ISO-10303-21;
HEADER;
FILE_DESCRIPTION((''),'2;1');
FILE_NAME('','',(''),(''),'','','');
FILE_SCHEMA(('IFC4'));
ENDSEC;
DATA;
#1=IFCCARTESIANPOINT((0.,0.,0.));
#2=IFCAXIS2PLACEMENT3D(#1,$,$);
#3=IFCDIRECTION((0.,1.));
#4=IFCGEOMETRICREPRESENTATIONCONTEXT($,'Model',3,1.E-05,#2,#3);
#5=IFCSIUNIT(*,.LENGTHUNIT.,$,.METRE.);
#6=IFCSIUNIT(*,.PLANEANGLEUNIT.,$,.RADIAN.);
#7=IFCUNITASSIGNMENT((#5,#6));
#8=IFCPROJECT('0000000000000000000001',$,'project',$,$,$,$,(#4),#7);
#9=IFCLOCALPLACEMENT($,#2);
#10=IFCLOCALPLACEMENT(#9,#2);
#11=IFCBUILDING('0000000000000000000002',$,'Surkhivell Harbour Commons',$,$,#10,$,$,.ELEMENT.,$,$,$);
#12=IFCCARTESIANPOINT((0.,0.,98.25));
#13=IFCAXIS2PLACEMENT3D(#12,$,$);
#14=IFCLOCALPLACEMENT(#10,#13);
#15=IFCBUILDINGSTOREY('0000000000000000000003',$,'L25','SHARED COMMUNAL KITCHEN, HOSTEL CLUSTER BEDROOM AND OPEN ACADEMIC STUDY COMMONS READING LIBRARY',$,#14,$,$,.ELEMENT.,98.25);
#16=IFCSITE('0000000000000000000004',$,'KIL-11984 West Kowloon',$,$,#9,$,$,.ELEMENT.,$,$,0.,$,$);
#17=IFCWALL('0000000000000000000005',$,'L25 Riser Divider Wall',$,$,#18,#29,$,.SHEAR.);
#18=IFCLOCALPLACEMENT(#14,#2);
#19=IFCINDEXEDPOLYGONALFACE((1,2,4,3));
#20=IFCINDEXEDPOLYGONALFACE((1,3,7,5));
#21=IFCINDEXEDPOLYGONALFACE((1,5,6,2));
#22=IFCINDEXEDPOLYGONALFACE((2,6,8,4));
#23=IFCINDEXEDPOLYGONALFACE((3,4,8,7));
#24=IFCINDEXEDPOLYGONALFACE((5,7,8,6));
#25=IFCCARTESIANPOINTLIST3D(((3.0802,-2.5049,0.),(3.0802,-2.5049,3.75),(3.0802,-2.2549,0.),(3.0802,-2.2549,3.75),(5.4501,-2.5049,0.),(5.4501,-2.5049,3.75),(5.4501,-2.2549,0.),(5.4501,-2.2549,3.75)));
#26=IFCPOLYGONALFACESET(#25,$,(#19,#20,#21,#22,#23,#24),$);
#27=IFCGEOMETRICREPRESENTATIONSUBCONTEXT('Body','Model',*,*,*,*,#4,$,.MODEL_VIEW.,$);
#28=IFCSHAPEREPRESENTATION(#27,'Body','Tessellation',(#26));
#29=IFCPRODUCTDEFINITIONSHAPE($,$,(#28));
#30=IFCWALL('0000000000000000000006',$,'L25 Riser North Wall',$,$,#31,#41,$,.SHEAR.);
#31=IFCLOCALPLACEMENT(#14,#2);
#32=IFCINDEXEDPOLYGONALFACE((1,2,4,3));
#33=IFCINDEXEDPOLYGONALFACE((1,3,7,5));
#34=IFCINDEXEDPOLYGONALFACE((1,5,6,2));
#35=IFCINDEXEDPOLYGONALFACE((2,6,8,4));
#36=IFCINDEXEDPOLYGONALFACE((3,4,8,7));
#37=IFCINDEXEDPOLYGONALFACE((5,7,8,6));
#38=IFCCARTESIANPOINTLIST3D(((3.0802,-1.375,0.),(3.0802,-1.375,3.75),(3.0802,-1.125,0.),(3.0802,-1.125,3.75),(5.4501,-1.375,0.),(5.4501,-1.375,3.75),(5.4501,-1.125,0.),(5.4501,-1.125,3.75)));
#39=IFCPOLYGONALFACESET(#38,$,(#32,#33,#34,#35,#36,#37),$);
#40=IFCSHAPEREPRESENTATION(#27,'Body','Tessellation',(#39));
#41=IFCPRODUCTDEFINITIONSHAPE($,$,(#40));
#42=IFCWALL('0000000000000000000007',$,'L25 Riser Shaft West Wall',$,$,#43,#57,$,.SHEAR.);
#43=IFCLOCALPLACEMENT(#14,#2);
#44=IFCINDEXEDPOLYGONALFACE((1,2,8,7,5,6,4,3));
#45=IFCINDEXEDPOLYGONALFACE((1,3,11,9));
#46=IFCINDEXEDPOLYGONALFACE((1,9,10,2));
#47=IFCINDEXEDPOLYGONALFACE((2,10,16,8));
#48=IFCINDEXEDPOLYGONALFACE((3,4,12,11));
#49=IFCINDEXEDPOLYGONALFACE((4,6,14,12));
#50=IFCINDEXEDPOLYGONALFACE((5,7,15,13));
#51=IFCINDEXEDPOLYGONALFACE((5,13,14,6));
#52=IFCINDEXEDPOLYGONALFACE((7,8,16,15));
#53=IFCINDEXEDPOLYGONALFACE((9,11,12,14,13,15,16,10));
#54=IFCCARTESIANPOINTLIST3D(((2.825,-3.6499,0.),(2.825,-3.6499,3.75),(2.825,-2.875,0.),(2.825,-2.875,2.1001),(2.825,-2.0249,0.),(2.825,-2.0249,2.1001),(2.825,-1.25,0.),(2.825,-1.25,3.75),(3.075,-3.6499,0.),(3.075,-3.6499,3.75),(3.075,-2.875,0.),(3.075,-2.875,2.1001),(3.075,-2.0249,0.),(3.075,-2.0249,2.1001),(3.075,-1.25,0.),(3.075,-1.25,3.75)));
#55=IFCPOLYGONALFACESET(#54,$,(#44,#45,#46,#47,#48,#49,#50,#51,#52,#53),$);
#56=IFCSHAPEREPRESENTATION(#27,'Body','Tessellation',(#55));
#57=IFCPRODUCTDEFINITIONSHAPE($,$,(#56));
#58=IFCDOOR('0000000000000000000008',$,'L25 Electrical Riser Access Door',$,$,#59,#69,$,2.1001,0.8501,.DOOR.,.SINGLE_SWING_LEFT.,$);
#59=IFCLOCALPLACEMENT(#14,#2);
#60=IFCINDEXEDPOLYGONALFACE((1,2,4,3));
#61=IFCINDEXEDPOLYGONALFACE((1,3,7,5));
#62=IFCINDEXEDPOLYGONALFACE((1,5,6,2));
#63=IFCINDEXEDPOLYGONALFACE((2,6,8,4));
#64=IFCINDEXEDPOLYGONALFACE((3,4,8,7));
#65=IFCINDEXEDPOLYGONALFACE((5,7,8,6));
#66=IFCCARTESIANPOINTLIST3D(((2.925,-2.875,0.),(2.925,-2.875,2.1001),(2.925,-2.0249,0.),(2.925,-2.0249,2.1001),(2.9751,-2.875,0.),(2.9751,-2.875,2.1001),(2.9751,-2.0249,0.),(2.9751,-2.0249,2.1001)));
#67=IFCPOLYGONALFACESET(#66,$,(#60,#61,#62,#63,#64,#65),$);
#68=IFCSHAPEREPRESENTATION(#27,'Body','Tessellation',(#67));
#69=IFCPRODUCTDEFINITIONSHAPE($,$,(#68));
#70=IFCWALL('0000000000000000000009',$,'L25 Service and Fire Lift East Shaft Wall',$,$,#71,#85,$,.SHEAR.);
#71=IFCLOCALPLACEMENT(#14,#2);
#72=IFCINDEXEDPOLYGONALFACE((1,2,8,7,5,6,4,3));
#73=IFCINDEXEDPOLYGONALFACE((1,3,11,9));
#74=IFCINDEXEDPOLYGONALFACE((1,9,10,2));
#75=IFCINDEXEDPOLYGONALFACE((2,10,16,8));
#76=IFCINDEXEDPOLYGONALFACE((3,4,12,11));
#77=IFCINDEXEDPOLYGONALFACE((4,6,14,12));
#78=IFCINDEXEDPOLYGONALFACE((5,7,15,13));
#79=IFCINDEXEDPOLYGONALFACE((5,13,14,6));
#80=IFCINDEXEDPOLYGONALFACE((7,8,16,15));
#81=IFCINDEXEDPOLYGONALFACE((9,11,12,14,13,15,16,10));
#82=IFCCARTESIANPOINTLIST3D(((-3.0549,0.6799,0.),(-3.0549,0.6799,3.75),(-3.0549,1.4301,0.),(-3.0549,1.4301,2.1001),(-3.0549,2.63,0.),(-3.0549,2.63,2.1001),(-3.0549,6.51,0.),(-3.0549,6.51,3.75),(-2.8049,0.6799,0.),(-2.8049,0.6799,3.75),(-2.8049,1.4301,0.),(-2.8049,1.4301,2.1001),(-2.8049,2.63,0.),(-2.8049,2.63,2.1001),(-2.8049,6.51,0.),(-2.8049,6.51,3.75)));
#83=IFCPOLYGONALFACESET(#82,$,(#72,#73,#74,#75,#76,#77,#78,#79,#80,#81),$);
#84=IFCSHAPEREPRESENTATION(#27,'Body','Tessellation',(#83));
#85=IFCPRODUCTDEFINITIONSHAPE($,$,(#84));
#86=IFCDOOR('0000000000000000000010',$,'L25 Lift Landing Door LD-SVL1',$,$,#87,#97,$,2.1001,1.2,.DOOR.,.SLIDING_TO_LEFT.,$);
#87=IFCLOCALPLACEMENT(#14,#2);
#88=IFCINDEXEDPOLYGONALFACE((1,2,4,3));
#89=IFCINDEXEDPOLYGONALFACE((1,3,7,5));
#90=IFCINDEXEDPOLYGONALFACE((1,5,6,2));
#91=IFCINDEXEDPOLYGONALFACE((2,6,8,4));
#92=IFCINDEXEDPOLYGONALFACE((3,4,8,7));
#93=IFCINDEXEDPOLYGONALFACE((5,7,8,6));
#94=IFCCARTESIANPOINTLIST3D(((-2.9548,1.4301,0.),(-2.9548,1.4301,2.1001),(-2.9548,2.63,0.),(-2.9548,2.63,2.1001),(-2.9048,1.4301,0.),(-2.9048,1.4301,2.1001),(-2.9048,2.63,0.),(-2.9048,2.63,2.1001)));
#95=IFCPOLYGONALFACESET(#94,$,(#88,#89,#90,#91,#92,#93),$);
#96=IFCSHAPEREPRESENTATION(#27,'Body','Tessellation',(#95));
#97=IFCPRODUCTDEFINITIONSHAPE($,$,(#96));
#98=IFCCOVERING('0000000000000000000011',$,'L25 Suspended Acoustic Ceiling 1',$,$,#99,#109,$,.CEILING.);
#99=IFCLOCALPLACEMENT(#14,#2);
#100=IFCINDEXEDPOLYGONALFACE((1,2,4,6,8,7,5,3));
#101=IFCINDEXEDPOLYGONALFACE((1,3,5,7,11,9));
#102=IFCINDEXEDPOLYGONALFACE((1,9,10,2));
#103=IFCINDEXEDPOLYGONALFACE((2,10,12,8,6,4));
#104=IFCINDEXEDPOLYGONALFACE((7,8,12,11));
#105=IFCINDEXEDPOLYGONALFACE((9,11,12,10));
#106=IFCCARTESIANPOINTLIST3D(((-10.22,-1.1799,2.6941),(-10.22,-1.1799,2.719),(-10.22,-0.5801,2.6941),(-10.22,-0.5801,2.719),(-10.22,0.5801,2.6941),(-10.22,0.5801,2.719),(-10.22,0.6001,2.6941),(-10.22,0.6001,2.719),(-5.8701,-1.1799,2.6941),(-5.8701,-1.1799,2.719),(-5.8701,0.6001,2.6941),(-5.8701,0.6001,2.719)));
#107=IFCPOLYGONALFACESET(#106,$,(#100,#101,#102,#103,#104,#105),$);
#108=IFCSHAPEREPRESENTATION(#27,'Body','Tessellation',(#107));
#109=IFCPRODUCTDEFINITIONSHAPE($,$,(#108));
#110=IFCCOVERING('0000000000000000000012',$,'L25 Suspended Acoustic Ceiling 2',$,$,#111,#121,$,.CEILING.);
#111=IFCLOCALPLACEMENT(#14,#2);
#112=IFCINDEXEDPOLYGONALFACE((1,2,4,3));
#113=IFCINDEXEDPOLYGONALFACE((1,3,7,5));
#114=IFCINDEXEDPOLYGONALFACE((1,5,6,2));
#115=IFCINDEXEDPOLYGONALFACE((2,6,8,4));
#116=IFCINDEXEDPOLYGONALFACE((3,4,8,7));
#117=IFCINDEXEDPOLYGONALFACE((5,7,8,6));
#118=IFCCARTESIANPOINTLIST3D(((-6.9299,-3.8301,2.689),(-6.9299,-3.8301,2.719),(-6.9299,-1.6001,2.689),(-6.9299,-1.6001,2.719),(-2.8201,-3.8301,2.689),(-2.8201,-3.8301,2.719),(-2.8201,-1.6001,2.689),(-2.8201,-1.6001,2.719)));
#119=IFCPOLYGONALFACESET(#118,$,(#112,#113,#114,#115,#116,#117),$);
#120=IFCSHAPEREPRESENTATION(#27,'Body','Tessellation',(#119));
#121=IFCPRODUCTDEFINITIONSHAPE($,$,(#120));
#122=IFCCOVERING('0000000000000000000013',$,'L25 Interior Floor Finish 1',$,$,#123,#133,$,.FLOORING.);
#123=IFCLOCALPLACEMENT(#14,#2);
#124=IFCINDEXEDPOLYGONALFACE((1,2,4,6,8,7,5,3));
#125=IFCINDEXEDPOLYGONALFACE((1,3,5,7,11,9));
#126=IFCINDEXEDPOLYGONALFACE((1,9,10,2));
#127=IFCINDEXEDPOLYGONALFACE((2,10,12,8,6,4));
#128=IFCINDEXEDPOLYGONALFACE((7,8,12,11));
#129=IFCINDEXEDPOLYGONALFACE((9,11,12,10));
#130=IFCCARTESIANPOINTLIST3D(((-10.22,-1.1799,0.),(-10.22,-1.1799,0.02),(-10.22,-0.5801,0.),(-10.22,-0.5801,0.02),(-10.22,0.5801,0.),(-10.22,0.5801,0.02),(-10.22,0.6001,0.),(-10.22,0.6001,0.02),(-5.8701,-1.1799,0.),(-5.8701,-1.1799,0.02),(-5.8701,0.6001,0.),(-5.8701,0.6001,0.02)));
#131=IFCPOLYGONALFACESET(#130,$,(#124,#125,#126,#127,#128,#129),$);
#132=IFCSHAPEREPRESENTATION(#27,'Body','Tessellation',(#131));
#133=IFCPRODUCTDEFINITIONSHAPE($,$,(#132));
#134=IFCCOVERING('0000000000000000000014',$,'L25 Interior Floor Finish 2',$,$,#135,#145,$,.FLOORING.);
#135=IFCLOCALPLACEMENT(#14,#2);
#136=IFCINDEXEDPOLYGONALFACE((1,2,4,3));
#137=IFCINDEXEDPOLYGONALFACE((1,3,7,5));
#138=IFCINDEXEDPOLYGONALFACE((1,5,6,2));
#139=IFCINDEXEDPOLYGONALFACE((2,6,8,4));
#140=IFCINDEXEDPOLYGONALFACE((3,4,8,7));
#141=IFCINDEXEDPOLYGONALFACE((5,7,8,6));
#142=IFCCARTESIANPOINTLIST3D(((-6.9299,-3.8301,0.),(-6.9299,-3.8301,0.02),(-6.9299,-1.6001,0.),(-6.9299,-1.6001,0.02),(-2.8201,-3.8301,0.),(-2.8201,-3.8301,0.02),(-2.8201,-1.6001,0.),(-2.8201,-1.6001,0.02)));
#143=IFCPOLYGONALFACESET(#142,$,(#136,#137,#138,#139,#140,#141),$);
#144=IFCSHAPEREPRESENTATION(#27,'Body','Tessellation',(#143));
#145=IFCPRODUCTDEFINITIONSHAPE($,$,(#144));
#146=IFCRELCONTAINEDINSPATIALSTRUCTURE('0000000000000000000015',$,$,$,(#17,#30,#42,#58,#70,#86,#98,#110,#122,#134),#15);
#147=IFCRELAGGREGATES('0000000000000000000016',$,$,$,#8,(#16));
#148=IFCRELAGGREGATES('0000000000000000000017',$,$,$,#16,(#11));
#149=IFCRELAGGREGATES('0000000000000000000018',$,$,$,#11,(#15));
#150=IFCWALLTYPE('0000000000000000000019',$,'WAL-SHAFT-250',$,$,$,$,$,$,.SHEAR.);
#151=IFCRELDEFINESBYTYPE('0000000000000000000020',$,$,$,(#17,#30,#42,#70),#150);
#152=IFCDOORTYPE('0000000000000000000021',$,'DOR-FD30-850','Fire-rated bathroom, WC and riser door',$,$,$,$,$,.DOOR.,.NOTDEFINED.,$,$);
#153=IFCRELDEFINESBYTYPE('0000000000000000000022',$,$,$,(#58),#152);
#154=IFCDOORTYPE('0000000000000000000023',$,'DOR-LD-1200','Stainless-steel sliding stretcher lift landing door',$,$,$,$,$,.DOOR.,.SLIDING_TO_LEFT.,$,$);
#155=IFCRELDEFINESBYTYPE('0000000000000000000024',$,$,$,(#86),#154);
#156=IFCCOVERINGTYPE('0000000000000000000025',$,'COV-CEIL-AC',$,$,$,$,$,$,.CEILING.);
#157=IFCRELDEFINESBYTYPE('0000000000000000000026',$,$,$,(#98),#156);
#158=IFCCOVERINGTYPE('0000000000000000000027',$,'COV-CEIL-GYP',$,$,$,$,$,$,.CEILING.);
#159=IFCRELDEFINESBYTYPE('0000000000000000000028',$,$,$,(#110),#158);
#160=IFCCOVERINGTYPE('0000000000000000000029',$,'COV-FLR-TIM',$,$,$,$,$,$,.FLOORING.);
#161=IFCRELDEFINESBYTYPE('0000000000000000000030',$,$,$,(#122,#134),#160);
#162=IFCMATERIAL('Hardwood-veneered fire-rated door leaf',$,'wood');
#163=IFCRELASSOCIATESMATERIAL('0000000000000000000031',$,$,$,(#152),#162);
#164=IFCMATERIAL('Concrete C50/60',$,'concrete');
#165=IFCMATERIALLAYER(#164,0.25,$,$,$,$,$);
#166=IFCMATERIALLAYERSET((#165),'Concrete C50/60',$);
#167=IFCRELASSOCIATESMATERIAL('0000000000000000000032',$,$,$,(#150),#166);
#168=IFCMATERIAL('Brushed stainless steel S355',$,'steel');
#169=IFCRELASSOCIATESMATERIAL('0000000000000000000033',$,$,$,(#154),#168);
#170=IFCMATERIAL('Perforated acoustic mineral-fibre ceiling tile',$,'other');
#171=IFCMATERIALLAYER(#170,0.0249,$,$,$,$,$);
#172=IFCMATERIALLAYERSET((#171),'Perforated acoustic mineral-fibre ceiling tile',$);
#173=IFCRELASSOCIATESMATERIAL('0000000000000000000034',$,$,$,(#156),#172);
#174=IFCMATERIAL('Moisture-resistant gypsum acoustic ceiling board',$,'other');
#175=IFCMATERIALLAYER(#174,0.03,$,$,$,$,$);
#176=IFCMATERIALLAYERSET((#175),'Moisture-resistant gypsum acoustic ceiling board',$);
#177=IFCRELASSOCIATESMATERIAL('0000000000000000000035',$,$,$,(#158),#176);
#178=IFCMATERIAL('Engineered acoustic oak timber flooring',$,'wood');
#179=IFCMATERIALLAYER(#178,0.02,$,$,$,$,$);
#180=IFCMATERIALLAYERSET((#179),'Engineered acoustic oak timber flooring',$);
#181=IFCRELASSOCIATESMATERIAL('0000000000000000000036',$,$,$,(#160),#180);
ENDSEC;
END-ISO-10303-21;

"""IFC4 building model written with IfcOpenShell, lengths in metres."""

from ifc_helpers import new_model, si_unit, direction, frame, frame_2d, origin, place, context, subcontext, project, spatial, polyline, rectangle, outline, extrude, material, layer, layer_set, type_object, element, fill, save


model = new_model("IFC4")

# Units and contexts
model_context = context("Model", 3, precision=1e-05, world=origin(), true_north=direction((0.0, 1.0)))
body_context = subcontext(model_context, "Body", "Model", "MODEL_VIEW")
ifc_project = project(units=[si_unit("LENGTHUNIT", "METRE"), si_unit("PLANEANGLEUNIT", "RADIAN")], contexts=[model_context])

# Site, building, storey
site_placement = place(None, origin())
site = spatial("IfcSite", under=ifc_project, at=site_placement, Name="KIL-11984 West Kowloon", CompositionType="ELEMENT", RefElevation=0.0)
building_placement = place(site_placement, origin())
building = spatial("IfcBuilding", under=site, at=building_placement, Name="Surkhivell Harbour Commons", CompositionType="ELEMENT")
storey_placement = place(building_placement, frame((0.0, 0.0, 98.25)))
storey = spatial("IfcBuildingStorey", under=building, at=storey_placement, Name="L25", Description="SHARED COMMUNAL KITCHEN, HOSTEL CLUSTER BEDROOM AND OPEN ACADEMIC STUDY COMMONS READING LIBRARY", CompositionType="ELEMENT", Elevation=98.25)

# Shared definitions
ifc_material_1 = material(Name="Hardwood-veneered fire-rated door leaf", Category="wood")
door_type_1 = type_object("IfcDoorType", Name="DOR-FD30-850", Description="Fire-rated bathroom, WC and riser door", OperationType="NOTDEFINED", PredefinedType="DOOR", material=ifc_material_1)

# Shared definitions
ifc_material_2 = material(Name="Concrete C50/60", Category="concrete")
ifc_layer_1 = layer(ifc_material_2, 0.25)
ifc_layer_set_1 = layer_set([ifc_layer_1], Name="Concrete C50/60")
wall_type_1 = type_object("IfcWallType", Name="WAL-SHAFT-250", PredefinedType="SHEAR", material=ifc_layer_set_1)

# Shared definitions
ifc_material_3 = material(Name="Brushed stainless steel S355", Category="steel")

# Walls
for number, where, z_axis, x_axis, name in (
    (1, (3.0801, -2.3799, 0.0), (0.0, 0.0, 1.0), (1.0, 0.0, 0.0), "L25 Riser Divider Wall"),
    (2, (3.0801, -1.25, 0.0), (0.0, 0.0, 1.0), (1.0, 0.0, 0.0), "L25 Riser North Wall"),
):
    element("IfcWall", number, at=place(storey_placement, frame(where, z_axis=z_axis, x_axis=x_axis)), inside=storey, type_object=wall_type_1, Name=name, PredefinedType="SHEAR", context=body_context, shape_type="SweptSolid", body=[
        extrude(rectangle(XDim=2.3699, YDim=0.25, at=frame_2d((1.1851, 0.0))), origin(), (0.0, 0.0, 1.0), 3.75),
    ])

# Walls, openings, doors
wall_1_placement = place(storey_placement, frame((2.95, -3.6499, 0.0), z_axis=(0.0, 0.0, 1.0), x_axis=(0.0, 1.0, 0.0)))
wall_1 = element("IfcWall", 3, at=wall_1_placement, inside=storey, type_object=wall_type_1, Name="L25 Riser Shaft West Wall", PredefinedType="SHEAR", context=body_context, shape_type="SweptSolid", body=[
    extrude(rectangle(XDim=2.3999, YDim=0.25, at=frame_2d((1.2, 0.0))), origin(), (0.0, 0.0, 1.0), 3.75),
])
opening_1_placement = place(wall_1_placement, frame((0.7749, 0.0, 0.0)))
opening_1 = element("IfcOpeningElement", 4, at=opening_1_placement, cuts=wall_1, PredefinedType="OPENING", context=body_context, shape_type="SweptSolid", body=[
    extrude(rectangle(XDim=0.8501, YDim=2.1001, at=frame_2d((0.425, 1.05))), frame((0.0, 0.135, 0.0), z_axis=(0.0, -1.0, 0.0), x_axis=(1.0, 0.0, 0.0)), (0.0, 0.0, 1.0), 0.27),
])
door_1_placement = place(opening_1_placement, origin())
door_1 = element("IfcDoor", 5, at=door_1_placement, inside=storey, type_object=door_type_1, Name="L25 Electrical Riser Access Door", OperationType="SINGLE_SWING_LEFT", OverallHeight=2.1001, OverallWidth=0.8501, PredefinedType="DOOR", context=body_context, shape_type="SweptSolid", body=[
    extrude(rectangle(XDim=0.8501, YDim=2.1001, at=frame_2d((0.425, 1.05))), frame((0.0, 0.0249, 0.0), z_axis=(0.0, -1.0, 0.0), x_axis=(1.0, 0.0, 0.0)), (0.0, 0.0, 1.0), 0.05),
])
fill(opening_1, door_1)
wall_2_placement = place(storey_placement, frame((-2.9299, 0.6799, 0.0), z_axis=(0.0, 0.0, 1.0), x_axis=(0.0, 1.0, 0.0)))
wall_2 = element("IfcWall", 6, at=wall_2_placement, inside=storey, type_object=wall_type_1, Name="L25 Service and Fire Lift East Shaft Wall", PredefinedType="SHEAR", context=body_context, shape_type="SweptSolid", body=[
    extrude(rectangle(XDim=5.8301, YDim=0.25, at=frame_2d((2.915, 0.0))), origin(), (0.0, 0.0, 1.0), 3.75),
])
opening_2_placement = place(wall_2_placement, frame((0.75, 0.0, 0.0)))
opening_2 = element("IfcOpeningElement", 7, at=opening_2_placement, cuts=wall_2, PredefinedType="OPENING", context=body_context, shape_type="SweptSolid", body=[
    extrude(rectangle(XDim=1.2, YDim=2.1001, at=frame_2d((0.6001, 1.05))), frame((0.0, 0.135, 0.0), z_axis=(0.0, -1.0, 0.0), x_axis=(1.0, 0.0, 0.0)), (0.0, 0.0, 1.0), 0.27),
])
door_type_2 = type_object("IfcDoorType", Name="DOR-LD-1200", Description="Stainless-steel sliding stretcher lift landing door", OperationType="SLIDING_TO_LEFT", PredefinedType="DOOR", material=ifc_material_3)
door_2_placement = place(opening_2_placement, origin())
door_2 = element("IfcDoor", 8, at=door_2_placement, inside=storey, type_object=door_type_2, Name="L25 Lift Landing Door LD-SVL1", OperationType="SLIDING_TO_LEFT", OverallHeight=2.1001, OverallWidth=1.2, PredefinedType="DOOR", context=body_context, shape_type="SweptSolid", body=[
    extrude(rectangle(XDim=1.2, YDim=2.1001, at=frame_2d((0.6001, 1.05))), frame((0.0, 0.0249, 0.0), z_axis=(0.0, -1.0, 0.0), x_axis=(1.0, 0.0, 0.0)), (0.0, 0.0, 1.0), 0.05),
])
fill(opening_2, door_2)

# Coverings
ifc_material_4 = material(Name="Perforated acoustic mineral-fibre ceiling tile", Category="other")
ifc_layer_2 = layer(ifc_material_4, 0.0249)
ifc_layer_set_2 = layer_set([ifc_layer_2], Name="Perforated acoustic mineral-fibre ceiling tile")
covering_type_1 = type_object("IfcCoveringType", Name="COV-CEIL-AC", PredefinedType="CEILING", material=ifc_layer_set_2)
covering_1_placement = place(storey_placement, frame((0.0, 0.0, 2.6941)))
element("IfcCovering", 9, at=covering_1_placement, inside=storey, type_object=covering_type_1, Name="L25 Suspended Acoustic Ceiling 1", PredefinedType="CEILING", context=body_context, shape_type="SweptSolid", body=[
    extrude(outline(polyline([(-10.22, -1.1799), (-5.8701, -1.1799), (-5.8701, 0.6001), (-10.22, 0.6001), (-10.22, 0.5801), (-10.22, -0.5801), (-10.22, -1.1799)])), origin(), (0.0, 0.0, 1.0), 0.0249),
])
ifc_material_5 = material(Name="Moisture-resistant gypsum acoustic ceiling board", Category="other")
ifc_layer_3 = layer(ifc_material_5, 0.03)
ifc_layer_set_3 = layer_set([ifc_layer_3], Name="Moisture-resistant gypsum acoustic ceiling board")
covering_type_2 = type_object("IfcCoveringType", Name="COV-CEIL-GYP", PredefinedType="CEILING", material=ifc_layer_set_3)
covering_2_placement = place(storey_placement, frame((0.0, 0.0, 2.689)))
element("IfcCovering", 10, at=covering_2_placement, inside=storey, type_object=covering_type_2, Name="L25 Suspended Acoustic Ceiling 2", PredefinedType="CEILING", context=body_context, shape_type="SweptSolid", body=[
    extrude(outline(polyline([(-6.9299, -3.8301), (-2.8201, -3.8301), (-2.8201, -1.6001), (-6.9299, -1.6001), (-6.9299, -3.8301)])), origin(), (0.0, 0.0, 1.0), 0.03),
])
ifc_material_6 = material(Name="Engineered acoustic oak timber flooring", Category="wood")
ifc_layer_4 = layer(ifc_material_6, 0.02)
ifc_layer_set_4 = layer_set([ifc_layer_4], Name="Engineered acoustic oak timber flooring")
covering_type_3 = type_object("IfcCoveringType", Name="COV-FLR-TIM", PredefinedType="FLOORING", material=ifc_layer_set_4)
covering_3_placement = place(storey_placement, origin())
element("IfcCovering", 11, at=covering_3_placement, inside=storey, type_object=covering_type_3, Name="L25 Interior Floor Finish 1", PredefinedType="FLOORING", context=body_context, shape_type="SweptSolid", body=[
    extrude(outline(polyline([(-10.22, -1.1799), (-5.8701, -1.1799), (-5.8701, 0.6001), (-10.22, 0.6001), (-10.22, 0.5801), (-10.22, -0.5801), (-10.22, -1.1799)])), origin(), (0.0, 0.0, 1.0), 0.02),
])
covering_4_placement = place(storey_placement, origin())
element("IfcCovering", 12, at=covering_4_placement, inside=storey, type_object=covering_type_3, Name="L25 Interior Floor Finish 2", PredefinedType="FLOORING", context=body_context, shape_type="SweptSolid", body=[
    extrude(outline(polyline([(-6.9299, -3.8301), (-2.8201, -3.8301), (-2.8201, -1.6001), (-6.9299, -1.6001), (-6.9299, -3.8301)])), origin(), (0.0, 0.0, 1.0), 0.02),
])

save(model, "model.ifc")
